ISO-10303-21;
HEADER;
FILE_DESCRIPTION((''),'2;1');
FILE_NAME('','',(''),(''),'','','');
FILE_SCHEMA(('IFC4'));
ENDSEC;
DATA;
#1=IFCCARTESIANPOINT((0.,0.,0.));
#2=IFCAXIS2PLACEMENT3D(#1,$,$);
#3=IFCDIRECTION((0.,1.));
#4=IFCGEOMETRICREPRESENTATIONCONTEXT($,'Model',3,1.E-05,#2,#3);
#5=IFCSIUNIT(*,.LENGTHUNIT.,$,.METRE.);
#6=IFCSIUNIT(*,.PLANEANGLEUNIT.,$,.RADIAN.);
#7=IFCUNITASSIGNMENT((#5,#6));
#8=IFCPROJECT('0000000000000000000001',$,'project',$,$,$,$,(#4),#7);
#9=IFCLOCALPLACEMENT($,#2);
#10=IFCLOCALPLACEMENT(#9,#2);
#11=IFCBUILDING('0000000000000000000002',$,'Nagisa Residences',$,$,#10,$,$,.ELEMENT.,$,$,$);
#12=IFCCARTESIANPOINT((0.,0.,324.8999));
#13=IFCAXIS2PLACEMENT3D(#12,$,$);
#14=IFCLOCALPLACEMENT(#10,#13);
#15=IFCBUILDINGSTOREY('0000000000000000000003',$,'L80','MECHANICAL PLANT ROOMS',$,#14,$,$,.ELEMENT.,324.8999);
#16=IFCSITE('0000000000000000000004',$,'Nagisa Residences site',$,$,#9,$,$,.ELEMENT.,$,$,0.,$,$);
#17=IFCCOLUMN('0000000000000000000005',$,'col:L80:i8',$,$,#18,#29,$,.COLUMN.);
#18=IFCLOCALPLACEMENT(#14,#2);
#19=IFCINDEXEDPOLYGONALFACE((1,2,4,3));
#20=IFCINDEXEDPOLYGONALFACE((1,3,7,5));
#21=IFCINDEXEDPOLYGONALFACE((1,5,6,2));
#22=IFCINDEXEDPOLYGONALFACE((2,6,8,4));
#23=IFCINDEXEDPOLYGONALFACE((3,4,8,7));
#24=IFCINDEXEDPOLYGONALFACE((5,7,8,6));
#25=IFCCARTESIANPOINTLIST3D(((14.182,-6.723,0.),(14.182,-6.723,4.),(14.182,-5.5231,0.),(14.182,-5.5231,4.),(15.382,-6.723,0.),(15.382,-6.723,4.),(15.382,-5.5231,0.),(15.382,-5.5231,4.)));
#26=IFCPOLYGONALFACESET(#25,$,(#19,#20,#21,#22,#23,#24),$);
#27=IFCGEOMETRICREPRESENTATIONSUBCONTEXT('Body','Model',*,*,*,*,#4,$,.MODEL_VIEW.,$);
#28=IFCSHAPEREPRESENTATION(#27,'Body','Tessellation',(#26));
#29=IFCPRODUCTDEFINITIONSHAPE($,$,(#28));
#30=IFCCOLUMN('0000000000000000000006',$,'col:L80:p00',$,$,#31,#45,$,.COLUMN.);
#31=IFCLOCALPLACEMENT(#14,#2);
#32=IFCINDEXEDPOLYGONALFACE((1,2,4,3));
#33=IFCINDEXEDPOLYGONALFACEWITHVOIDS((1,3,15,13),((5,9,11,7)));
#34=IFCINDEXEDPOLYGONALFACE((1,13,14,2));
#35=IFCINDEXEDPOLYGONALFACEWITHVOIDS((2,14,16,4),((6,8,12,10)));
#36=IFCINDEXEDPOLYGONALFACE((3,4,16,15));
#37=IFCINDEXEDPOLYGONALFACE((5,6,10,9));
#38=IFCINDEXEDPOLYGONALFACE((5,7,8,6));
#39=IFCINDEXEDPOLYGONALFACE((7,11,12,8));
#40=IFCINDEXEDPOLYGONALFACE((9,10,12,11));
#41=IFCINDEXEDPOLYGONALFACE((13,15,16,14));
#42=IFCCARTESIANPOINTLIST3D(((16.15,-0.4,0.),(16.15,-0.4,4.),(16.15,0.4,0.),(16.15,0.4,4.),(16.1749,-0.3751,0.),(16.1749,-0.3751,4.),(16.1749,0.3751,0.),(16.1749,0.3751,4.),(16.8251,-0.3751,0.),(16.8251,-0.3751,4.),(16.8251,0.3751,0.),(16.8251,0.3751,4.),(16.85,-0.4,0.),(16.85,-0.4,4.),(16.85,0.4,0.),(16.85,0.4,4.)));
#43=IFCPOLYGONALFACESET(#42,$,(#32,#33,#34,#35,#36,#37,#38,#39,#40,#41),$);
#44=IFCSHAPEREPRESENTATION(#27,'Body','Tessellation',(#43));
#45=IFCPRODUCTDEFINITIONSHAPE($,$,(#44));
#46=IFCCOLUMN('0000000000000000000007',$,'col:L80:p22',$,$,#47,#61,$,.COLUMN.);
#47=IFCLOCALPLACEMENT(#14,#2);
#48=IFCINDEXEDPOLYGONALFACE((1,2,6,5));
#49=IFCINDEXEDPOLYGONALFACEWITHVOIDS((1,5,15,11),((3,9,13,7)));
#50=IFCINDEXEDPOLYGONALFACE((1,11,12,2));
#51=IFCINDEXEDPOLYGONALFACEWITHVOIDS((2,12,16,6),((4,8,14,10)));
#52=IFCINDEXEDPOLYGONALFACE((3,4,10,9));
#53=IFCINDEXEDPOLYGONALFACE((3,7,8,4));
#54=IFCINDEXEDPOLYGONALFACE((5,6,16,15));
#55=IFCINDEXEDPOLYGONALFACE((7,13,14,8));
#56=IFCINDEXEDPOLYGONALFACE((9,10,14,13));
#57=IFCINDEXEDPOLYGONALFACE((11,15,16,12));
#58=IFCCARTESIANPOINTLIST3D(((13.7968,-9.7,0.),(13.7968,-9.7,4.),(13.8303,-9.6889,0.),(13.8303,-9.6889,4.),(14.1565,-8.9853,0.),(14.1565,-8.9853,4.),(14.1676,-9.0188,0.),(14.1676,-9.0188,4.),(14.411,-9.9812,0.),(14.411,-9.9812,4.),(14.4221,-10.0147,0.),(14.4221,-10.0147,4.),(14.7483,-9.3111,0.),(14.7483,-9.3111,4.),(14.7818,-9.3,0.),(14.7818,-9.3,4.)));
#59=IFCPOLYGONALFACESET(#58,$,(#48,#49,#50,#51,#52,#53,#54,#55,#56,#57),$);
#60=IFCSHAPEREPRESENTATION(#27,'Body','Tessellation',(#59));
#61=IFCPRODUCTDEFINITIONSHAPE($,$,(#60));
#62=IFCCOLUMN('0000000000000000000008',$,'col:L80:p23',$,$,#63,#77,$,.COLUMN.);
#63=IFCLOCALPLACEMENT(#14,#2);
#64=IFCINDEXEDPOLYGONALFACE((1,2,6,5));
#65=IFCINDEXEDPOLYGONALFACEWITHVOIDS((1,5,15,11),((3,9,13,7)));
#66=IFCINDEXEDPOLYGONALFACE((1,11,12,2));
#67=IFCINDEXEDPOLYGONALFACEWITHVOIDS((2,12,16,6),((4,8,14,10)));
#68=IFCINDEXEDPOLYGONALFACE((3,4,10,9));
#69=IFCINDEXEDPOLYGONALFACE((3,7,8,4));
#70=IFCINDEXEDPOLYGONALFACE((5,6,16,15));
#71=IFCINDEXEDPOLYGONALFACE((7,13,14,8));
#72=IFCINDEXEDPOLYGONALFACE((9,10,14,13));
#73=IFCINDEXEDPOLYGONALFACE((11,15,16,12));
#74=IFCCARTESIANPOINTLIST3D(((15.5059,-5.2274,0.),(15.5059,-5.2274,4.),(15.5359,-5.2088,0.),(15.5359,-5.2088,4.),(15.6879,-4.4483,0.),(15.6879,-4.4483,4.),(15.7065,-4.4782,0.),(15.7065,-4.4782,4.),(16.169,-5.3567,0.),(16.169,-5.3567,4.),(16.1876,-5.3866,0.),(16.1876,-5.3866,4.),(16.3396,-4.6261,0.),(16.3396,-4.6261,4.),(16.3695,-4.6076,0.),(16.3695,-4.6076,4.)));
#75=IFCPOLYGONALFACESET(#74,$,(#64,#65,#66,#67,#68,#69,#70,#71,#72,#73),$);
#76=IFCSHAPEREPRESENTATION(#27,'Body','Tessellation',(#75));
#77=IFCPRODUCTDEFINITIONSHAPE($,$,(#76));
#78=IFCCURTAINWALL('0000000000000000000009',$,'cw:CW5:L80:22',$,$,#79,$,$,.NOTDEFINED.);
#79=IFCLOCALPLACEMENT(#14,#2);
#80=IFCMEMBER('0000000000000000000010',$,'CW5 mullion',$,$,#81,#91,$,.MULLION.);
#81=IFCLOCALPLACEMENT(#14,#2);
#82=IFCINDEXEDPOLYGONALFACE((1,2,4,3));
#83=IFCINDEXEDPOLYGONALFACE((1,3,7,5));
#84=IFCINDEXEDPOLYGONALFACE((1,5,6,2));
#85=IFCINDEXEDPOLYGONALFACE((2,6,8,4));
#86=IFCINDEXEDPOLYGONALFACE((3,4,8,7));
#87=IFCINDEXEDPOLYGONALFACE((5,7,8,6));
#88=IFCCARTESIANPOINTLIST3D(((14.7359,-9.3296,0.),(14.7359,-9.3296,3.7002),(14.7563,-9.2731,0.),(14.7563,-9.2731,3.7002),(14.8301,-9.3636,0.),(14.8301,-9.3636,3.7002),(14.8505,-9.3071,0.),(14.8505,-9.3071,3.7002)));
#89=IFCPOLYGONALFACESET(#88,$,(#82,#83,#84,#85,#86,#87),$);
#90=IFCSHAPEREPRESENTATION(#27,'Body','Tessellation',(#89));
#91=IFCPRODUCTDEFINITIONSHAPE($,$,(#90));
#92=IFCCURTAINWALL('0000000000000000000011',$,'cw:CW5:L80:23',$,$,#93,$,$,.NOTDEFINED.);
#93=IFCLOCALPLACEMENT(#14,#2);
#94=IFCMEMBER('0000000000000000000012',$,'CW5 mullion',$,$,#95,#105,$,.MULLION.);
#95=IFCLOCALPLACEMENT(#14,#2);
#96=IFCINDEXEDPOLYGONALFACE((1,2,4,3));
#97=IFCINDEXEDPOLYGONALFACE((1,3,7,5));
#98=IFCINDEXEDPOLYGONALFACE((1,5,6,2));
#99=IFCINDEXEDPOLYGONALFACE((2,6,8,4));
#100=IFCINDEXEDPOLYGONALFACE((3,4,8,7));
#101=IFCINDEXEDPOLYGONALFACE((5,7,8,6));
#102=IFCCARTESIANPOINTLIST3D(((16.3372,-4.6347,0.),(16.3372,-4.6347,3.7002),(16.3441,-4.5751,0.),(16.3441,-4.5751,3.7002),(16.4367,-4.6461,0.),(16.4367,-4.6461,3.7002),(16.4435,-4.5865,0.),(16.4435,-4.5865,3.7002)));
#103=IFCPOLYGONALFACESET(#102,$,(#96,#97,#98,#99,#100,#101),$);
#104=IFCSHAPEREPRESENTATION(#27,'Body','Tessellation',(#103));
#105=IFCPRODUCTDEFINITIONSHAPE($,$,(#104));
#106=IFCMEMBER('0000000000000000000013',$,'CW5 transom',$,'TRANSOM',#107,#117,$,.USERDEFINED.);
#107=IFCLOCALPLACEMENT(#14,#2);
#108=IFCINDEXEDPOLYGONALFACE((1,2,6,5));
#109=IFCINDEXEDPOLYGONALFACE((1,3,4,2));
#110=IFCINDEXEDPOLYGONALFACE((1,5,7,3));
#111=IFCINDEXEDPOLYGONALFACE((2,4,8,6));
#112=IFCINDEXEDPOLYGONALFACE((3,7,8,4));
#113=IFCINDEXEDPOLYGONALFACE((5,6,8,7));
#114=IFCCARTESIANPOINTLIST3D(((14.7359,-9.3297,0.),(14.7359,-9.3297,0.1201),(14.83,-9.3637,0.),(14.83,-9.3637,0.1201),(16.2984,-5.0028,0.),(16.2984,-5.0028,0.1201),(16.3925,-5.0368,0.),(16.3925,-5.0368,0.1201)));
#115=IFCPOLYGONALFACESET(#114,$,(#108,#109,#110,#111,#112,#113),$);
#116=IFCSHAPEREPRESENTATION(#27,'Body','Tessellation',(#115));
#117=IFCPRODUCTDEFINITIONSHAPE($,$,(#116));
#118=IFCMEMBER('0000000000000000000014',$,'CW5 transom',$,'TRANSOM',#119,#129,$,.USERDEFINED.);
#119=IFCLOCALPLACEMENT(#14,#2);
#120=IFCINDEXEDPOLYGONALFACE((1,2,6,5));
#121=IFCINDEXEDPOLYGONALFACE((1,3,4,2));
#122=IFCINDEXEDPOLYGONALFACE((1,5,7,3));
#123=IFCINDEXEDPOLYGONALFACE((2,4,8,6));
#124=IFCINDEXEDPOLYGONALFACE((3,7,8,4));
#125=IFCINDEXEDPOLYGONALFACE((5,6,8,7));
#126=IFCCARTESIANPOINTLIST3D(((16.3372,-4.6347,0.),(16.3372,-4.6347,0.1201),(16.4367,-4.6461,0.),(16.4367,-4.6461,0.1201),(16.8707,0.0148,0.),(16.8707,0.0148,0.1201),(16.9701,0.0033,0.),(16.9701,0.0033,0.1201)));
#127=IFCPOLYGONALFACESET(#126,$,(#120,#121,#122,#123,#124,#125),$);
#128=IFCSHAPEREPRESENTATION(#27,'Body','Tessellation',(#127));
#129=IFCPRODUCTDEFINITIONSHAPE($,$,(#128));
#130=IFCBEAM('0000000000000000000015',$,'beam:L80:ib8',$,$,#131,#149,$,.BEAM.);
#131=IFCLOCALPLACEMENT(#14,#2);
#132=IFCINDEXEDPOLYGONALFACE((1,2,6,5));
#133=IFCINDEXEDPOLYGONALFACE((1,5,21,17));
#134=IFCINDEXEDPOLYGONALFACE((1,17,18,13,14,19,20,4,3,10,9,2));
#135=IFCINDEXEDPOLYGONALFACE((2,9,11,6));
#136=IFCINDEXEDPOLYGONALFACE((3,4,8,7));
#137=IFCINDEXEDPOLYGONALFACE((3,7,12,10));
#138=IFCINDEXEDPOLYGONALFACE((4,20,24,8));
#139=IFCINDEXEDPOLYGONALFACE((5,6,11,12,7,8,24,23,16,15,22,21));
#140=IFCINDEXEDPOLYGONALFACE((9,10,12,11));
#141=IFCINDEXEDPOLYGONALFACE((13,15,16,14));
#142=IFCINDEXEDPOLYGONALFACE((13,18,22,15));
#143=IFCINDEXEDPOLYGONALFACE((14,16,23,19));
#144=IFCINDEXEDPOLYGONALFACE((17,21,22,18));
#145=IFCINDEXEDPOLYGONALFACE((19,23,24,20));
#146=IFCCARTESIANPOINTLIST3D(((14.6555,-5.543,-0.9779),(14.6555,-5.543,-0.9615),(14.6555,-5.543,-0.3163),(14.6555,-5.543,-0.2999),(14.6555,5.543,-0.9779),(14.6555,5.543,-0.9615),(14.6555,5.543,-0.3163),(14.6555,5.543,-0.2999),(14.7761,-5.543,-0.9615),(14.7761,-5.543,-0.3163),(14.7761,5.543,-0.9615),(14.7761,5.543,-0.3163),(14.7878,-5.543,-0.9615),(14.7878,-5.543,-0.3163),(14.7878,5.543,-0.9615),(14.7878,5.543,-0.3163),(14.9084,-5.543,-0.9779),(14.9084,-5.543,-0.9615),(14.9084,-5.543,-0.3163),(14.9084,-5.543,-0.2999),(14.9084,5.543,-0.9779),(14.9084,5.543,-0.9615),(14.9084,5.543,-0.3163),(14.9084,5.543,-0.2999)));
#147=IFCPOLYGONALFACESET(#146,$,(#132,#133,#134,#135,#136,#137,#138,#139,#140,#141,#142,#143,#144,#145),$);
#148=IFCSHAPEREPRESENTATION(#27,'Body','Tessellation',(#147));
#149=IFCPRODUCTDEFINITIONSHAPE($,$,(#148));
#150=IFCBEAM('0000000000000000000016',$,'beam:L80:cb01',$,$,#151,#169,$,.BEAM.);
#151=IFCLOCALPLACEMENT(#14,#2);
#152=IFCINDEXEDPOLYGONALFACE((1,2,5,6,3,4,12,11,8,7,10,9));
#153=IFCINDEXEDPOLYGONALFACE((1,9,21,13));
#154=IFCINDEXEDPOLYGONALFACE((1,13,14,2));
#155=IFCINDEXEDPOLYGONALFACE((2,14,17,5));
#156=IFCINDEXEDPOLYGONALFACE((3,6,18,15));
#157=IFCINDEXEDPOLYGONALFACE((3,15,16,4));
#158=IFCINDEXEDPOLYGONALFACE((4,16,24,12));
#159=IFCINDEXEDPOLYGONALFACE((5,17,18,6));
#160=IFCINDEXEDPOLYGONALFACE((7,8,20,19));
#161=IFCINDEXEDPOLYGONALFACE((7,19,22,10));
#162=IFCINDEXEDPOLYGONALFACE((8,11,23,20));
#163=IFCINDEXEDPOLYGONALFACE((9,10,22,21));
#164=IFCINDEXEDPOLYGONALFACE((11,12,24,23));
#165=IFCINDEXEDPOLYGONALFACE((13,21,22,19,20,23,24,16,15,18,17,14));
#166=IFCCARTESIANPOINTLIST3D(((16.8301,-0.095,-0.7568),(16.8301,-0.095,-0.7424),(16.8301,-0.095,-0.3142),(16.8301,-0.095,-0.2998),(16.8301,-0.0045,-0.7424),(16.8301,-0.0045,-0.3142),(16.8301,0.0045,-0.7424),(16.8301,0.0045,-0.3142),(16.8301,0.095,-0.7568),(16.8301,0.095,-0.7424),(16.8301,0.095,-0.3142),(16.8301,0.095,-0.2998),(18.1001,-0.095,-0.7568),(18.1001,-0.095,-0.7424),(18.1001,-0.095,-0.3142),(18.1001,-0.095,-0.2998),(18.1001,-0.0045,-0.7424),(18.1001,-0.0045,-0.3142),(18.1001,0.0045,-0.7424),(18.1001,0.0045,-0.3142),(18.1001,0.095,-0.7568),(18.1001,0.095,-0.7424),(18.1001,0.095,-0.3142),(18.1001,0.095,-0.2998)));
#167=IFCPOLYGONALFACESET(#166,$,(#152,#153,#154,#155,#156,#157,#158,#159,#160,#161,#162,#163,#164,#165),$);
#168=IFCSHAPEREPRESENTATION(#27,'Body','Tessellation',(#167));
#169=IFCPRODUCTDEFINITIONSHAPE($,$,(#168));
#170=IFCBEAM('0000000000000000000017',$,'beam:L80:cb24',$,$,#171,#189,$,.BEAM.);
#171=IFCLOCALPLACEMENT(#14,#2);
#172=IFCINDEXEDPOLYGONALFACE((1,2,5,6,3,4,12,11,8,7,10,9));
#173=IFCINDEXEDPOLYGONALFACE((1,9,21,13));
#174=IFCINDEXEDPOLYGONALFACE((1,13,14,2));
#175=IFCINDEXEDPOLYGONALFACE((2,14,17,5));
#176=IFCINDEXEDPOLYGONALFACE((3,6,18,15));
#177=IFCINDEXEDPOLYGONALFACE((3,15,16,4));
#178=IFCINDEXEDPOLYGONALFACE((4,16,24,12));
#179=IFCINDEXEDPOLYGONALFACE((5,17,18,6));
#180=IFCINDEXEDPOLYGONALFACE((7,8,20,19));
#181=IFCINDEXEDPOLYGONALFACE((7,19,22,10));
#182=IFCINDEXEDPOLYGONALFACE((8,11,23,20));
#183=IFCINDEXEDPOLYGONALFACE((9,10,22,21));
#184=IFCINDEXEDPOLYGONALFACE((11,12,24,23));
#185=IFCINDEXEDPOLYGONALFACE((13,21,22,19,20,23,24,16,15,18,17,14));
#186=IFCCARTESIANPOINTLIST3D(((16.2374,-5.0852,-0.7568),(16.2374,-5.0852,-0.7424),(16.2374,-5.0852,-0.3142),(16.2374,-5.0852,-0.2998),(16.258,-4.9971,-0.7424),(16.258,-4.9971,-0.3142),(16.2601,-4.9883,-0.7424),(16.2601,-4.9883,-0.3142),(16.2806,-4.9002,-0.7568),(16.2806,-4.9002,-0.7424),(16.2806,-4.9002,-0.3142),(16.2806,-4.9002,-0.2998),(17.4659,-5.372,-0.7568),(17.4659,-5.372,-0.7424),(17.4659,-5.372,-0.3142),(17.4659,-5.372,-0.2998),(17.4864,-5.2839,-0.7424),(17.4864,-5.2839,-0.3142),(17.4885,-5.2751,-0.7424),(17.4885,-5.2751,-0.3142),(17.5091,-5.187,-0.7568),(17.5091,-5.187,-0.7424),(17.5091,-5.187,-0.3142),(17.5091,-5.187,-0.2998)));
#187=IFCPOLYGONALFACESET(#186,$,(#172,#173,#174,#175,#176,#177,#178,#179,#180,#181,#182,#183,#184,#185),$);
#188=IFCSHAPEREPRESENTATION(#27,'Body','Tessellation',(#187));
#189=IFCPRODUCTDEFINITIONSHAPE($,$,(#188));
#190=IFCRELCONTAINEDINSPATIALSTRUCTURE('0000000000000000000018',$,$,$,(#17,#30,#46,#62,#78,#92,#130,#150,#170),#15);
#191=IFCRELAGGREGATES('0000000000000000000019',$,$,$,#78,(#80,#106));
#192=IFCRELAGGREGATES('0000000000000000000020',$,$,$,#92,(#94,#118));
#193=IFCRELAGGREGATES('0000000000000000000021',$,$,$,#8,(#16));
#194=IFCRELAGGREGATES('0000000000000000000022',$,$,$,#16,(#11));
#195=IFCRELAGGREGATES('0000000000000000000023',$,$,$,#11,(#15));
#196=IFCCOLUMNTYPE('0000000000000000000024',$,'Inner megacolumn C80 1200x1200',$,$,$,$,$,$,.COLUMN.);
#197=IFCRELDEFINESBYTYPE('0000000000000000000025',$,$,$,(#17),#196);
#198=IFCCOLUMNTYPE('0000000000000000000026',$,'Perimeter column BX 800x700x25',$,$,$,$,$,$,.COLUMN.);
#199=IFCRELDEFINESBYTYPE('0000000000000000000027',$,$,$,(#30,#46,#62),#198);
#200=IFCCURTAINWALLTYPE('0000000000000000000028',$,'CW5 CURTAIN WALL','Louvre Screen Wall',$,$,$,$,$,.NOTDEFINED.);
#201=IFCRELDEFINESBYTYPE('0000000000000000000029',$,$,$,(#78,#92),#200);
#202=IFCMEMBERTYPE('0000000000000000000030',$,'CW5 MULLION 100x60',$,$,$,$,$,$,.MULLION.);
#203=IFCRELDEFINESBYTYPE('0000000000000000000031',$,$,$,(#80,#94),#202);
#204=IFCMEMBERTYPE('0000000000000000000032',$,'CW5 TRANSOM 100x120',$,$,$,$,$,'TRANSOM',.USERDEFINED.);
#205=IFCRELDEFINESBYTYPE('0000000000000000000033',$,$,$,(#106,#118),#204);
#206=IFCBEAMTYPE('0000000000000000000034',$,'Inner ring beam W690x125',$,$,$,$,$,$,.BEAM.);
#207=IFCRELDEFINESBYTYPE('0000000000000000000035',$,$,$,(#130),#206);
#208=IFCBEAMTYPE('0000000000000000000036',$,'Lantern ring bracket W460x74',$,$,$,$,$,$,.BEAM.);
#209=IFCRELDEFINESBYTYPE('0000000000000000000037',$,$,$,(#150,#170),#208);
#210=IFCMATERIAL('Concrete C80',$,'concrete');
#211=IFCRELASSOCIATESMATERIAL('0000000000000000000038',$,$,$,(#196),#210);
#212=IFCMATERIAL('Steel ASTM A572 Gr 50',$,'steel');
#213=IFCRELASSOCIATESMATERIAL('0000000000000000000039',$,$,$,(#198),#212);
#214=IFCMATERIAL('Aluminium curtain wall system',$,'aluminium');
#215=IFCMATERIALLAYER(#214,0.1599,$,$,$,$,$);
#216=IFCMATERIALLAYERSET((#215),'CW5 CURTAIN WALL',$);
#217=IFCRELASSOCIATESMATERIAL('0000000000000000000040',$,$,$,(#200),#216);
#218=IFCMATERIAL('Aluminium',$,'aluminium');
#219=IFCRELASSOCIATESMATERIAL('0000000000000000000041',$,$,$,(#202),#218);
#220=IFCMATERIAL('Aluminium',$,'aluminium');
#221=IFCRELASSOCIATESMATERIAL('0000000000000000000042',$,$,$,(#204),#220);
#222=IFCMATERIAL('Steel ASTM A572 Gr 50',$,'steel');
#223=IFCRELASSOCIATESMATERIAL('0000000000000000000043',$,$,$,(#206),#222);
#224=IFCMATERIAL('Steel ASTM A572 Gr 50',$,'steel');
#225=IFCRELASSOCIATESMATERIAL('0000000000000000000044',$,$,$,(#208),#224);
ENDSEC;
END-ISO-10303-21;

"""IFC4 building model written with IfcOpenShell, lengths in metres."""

from ifc_helpers import new_model, si_unit, direction, frame, origin, origin_2d, place, context, subcontext, project, spatial, rectangle, hollow_rectangle, i_section, extrude, material, layer, layer_set, material_profile, profile_set, type_object, element, aggregate, save


model = new_model("IFC4")

# Units and contexts
model_context = context("Model", 3, precision=1e-05, world=origin(), true_north=direction((0.0, 1.0)))
body_context = subcontext(model_context, "Body", "Model", "MODEL_VIEW")
ifc_project = project(units=[si_unit("LENGTHUNIT", "METRE"), si_unit("PLANEANGLEUNIT", "RADIAN")], contexts=[model_context])

# Site, building, storey
site_placement = place(None, origin())
site = spatial("IfcSite", under=ifc_project, at=site_placement, Name="Nagisa Residences site", CompositionType="ELEMENT", RefElevation=0.0)
building_placement = place(site_placement, origin())
building = spatial("IfcBuilding", under=site, at=building_placement, Name="Nagisa Residences", CompositionType="ELEMENT")
storey_placement = place(building_placement, frame((0.0, 0.0, 324.8999)))
storey = spatial("IfcBuildingStorey", under=building, at=storey_placement, Name="L80", Description="MECHANICAL PLANT ROOMS", CompositionType="ELEMENT", Elevation=324.8999)

# Columns
ifc_material_1 = material(Name="Concrete C80", Category="concrete")
ifc_material_profile_1 = material_profile(ifc_material_1, rectangle(XDim=1.2, YDim=1.2, at=origin_2d()), Name="C80 1200x1200")
ifc_profile_set_1 = profile_set([ifc_material_profile_1], Name="Concrete C80")
column_type_1 = type_object("IfcColumnType", Name="Inner megacolumn C80 1200x1200", PredefinedType="COLUMN", material=ifc_profile_set_1)
column_placement = place(storey_placement, frame((14.782, -6.123, 0.0), z_axis=(0.0, 0.0, 1.0), x_axis=(1.0, 0.0, 0.0)))
element("IfcColumn", 1, at=column_placement, inside=storey, type_object=column_type_1, Name="col:L80:i8", PredefinedType="COLUMN", context=body_context, shape_type="SweptSolid", body=[
    extrude(rectangle(XDim=1.2, YDim=1.2, at=origin_2d()), origin(), (0.0, 0.0, 1.0), 4.0),
])
ifc_material_2 = material(Name="Steel ASTM A572 Gr 50", Category="steel")
ifc_material_profile_2 = material_profile(ifc_material_2, hollow_rectangle(XDim=0.8, YDim=0.7, WallThickness=0.0249, at=origin_2d()), Name="BX 800x700x25")
ifc_profile_set_2 = profile_set([ifc_material_profile_2], Name="Steel ASTM A572 Gr 50")
column_type_2 = type_object("IfcColumnType", Name="Perimeter column BX 800x700x25", PredefinedType="COLUMN", material=ifc_profile_set_2)
for number, where, z_axis, x_axis, name in (
    (2, (16.5, 0.0, 0.0), (0.0, 0.0, 1.0), (0.0, 1.0, 0.0), "col:L80:p00"),
    (3, (14.2893, -9.5, 0.0), (0.0, 0.0, 1.0), (0.449592, 0.893234, 0.0), "col:L80:p22"),
    (4, (15.9377, -4.9175, 0.0), (0.0, 0.0, 1.0), (0.227473, 0.973784, 0.0), "col:L80:p23"),
):
    element("IfcColumn", number, at=place(storey_placement, frame(where, z_axis=z_axis, x_axis=x_axis)), inside=storey, type_object=column_type_2, Name=name, PredefinedType="COLUMN", context=body_context, shape_type="SweptSolid", body=[
        extrude(hollow_rectangle(XDim=0.8, YDim=0.7, WallThickness=0.0249, at=origin_2d()), origin(), (0.0, 0.0, 1.0), 4.0),
    ])

# Curtain walls, members
ifc_material_3 = material(Name="Aluminium curtain wall system", Category="aluminium")
ifc_layer_1 = layer(ifc_material_3, 0.1599)
ifc_layer_set_1 = layer_set([ifc_layer_1], Name="CW5 CURTAIN WALL")
curtain_wall_type = type_object("IfcCurtainWallType", Name="CW5 CURTAIN WALL", Description="Louvre Screen Wall", PredefinedType="NOTDEFINED", material=ifc_layer_set_1)
curtain_wall_1_placement = place(storey_placement, origin())
curtain_wall_1 = element("IfcCurtainWall", 5, at=curtain_wall_1_placement, inside=storey, type_object=curtain_wall_type, Name="cw:CW5:L80:22", PredefinedType="NOTDEFINED")
ifc_material_4 = material(Name="Aluminium", Category="aluminium")
ifc_material_profile_3 = material_profile(ifc_material_4, rectangle(XDim=0.1001, YDim=0.0601, at=origin_2d()), Name="CW5 MULLION 100x60")
ifc_profile_set_3 = profile_set([ifc_material_profile_3], Name="Aluminium")
member_type_1 = type_object("IfcMemberType", Name="CW5 MULLION 100x60", PredefinedType="MULLION", material=ifc_profile_set_3)
member_1_placement = place(storey_placement, frame((14.7932, -9.3184, 0.0), z_axis=(0.0, 0.0, 1.0), x_axis=(-0.940554, 0.339643, 0.0)))
member_1 = element("IfcMember", 6, at=member_1_placement, type_object=member_type_1, Name="CW5 mullion", PredefinedType="MULLION", context=body_context, shape_type="SweptSolid", body=[
    extrude(rectangle(XDim=0.1001, YDim=0.0601, at=origin_2d()), origin(), (0.0, 0.0, 1.0), 3.7002),
])
curtain_wall_2_placement = place(storey_placement, origin())
curtain_wall_2 = element("IfcCurtainWall", 7, at=curtain_wall_2_placement, inside=storey, type_object=curtain_wall_type, Name="cw:CW5:L80:23", PredefinedType="NOTDEFINED")
member_2_placement = place(storey_placement, frame((16.3904, -4.6106, 0.0), z_axis=(0.0, 0.0, 1.0), x_axis=(-0.993478, 0.114025, 0.0)))
member_2 = element("IfcMember", 8, at=member_2_placement, type_object=member_type_1, Name="CW5 mullion", PredefinedType="MULLION", context=body_context, shape_type="SweptSolid", body=[
    extrude(rectangle(XDim=0.1001, YDim=0.0601, at=origin_2d()), origin(), (0.0, 0.0, 1.0), 3.7002),
])

# Members
ifc_material_5 = material(Name="Aluminium", Category="aluminium")
ifc_material_profile_4 = material_profile(ifc_material_5, rectangle(XDim=0.1001, YDim=0.1201, at=origin_2d()), Name="CW5 TRANSOM 100x120")
ifc_profile_set_4 = profile_set([ifc_material_profile_4], Name="Aluminium")
member_type_2 = type_object("IfcMemberType", Name="CW5 TRANSOM 100x120", ElementType="TRANSOM", PredefinedType="USERDEFINED", material=ifc_profile_set_4)
member_3_placement = place(storey_placement, frame((14.783, -9.3467, 0.0601), z_axis=(0.339646, 0.940553, 0.0), x_axis=(-0.940553, 0.339646, 0.0)))
member_3 = element("IfcMember", 9, at=member_3_placement, type_object=member_type_2, Name="CW5 transom", ObjectType="TRANSOM", PredefinedType="USERDEFINED", context=body_context, shape_type="SweptSolid", body=[
    extrude(rectangle(XDim=0.1001, YDim=0.1201, at=origin_2d()), origin(), (0.0, 0.0, 1.0), 4.6003),
])
member_4_placement = place(storey_placement, frame((16.387, -4.6404, 0.0601), z_axis=(0.113986, 0.993482, 0.0), x_axis=(-0.993482, 0.113986, 0.0)))
member_4 = element("IfcMember", 10, at=member_4_placement, type_object=member_type_2, Name="CW5 transom", ObjectType="TRANSOM", PredefinedType="USERDEFINED", context=body_context, shape_type="SweptSolid", body=[
    extrude(rectangle(XDim=0.1001, YDim=0.1201, at=origin_2d()), origin(), (0.0, 0.0, 1.0), 4.6799),
])

# Beams
ifc_material_6 = material(Name="Steel ASTM A572 Gr 50", Category="steel")
ifc_material_profile_5 = material_profile(ifc_material_6, i_section(OverallWidth=0.2529, OverallDepth=0.678, WebThickness=0.0117, FlangeThickness=0.0164, at=origin_2d()), Name="W690x125")
ifc_profile_set_5 = profile_set([ifc_material_profile_5], Name="Steel ASTM A572 Gr 50")
beam_type_1 = type_object("IfcBeamType", Name="Inner ring beam W690x125", PredefinedType="BEAM", material=ifc_profile_set_5)
beam_1_placement = place(storey_placement, frame((14.782, -5.543, -0.6389), z_axis=(0.0, 1.0, 0.0), x_axis=(-1.0, 0.0, 0.0)))
element("IfcBeam", 11, at=beam_1_placement, inside=storey, type_object=beam_type_1, Name="beam:L80:ib8", PredefinedType="BEAM", context=body_context, shape_type="SweptSolid", body=[
    extrude(i_section(OverallWidth=0.2529, OverallDepth=0.678, WebThickness=0.0117, FlangeThickness=0.0164, at=origin_2d()), origin(), (0.0, 0.0, 1.0), 11.0859),
])
ifc_material_7 = material(Name="Steel ASTM A572 Gr 50", Category="steel")
ifc_material_profile_6 = material_profile(ifc_material_7, i_section(OverallWidth=0.1899, OverallDepth=0.457, WebThickness=0.009, FlangeThickness=0.0144, at=origin_2d()), Name="W460x74")
ifc_profile_set_6 = profile_set([ifc_material_profile_6], Name="Steel ASTM A572 Gr 50")
beam_type_2 = type_object("IfcBeamType", Name="Lantern ring bracket W460x74", PredefinedType="BEAM", material=ifc_profile_set_6)
beam_2_placement = place(storey_placement, frame((16.8301, 0.0, -0.5283), z_axis=(1.0, 0.0, 0.0), x_axis=(0.0, 1.0, 0.0)))
element("IfcBeam", 12, at=beam_2_placement, inside=storey, type_object=beam_type_2, Name="beam:L80:cb01", PredefinedType="BEAM", context=body_context, shape_type="SweptSolid", body=[
    extrude(i_section(OverallWidth=0.1899, OverallDepth=0.457, WebThickness=0.009, FlangeThickness=0.0144, at=origin_2d()), origin(), (0.0, 0.0, 1.0), 1.27),
])
beam_3_placement = place(storey_placement, frame((16.259, -4.9927, -0.5283), z_axis=(0.973804, -0.227389, 0.0), x_axis=(0.227389, 0.973804, 0.0)))
element("IfcBeam", 13, at=beam_3_placement, inside=storey, type_object=beam_type_2, Name="beam:L80:cb24", PredefinedType="BEAM", context=body_context, shape_type="SweptSolid", body=[
    extrude(i_section(OverallWidth=0.1899, OverallDepth=0.457, WebThickness=0.009, FlangeThickness=0.0144, at=origin_2d()), origin(), (0.0, 0.0, 1.0), 1.2615),
])

aggregate(curtain_wall_1, [member_1, member_3])
aggregate(curtain_wall_2, [member_2, member_4])

save(model, "model.ifc")
